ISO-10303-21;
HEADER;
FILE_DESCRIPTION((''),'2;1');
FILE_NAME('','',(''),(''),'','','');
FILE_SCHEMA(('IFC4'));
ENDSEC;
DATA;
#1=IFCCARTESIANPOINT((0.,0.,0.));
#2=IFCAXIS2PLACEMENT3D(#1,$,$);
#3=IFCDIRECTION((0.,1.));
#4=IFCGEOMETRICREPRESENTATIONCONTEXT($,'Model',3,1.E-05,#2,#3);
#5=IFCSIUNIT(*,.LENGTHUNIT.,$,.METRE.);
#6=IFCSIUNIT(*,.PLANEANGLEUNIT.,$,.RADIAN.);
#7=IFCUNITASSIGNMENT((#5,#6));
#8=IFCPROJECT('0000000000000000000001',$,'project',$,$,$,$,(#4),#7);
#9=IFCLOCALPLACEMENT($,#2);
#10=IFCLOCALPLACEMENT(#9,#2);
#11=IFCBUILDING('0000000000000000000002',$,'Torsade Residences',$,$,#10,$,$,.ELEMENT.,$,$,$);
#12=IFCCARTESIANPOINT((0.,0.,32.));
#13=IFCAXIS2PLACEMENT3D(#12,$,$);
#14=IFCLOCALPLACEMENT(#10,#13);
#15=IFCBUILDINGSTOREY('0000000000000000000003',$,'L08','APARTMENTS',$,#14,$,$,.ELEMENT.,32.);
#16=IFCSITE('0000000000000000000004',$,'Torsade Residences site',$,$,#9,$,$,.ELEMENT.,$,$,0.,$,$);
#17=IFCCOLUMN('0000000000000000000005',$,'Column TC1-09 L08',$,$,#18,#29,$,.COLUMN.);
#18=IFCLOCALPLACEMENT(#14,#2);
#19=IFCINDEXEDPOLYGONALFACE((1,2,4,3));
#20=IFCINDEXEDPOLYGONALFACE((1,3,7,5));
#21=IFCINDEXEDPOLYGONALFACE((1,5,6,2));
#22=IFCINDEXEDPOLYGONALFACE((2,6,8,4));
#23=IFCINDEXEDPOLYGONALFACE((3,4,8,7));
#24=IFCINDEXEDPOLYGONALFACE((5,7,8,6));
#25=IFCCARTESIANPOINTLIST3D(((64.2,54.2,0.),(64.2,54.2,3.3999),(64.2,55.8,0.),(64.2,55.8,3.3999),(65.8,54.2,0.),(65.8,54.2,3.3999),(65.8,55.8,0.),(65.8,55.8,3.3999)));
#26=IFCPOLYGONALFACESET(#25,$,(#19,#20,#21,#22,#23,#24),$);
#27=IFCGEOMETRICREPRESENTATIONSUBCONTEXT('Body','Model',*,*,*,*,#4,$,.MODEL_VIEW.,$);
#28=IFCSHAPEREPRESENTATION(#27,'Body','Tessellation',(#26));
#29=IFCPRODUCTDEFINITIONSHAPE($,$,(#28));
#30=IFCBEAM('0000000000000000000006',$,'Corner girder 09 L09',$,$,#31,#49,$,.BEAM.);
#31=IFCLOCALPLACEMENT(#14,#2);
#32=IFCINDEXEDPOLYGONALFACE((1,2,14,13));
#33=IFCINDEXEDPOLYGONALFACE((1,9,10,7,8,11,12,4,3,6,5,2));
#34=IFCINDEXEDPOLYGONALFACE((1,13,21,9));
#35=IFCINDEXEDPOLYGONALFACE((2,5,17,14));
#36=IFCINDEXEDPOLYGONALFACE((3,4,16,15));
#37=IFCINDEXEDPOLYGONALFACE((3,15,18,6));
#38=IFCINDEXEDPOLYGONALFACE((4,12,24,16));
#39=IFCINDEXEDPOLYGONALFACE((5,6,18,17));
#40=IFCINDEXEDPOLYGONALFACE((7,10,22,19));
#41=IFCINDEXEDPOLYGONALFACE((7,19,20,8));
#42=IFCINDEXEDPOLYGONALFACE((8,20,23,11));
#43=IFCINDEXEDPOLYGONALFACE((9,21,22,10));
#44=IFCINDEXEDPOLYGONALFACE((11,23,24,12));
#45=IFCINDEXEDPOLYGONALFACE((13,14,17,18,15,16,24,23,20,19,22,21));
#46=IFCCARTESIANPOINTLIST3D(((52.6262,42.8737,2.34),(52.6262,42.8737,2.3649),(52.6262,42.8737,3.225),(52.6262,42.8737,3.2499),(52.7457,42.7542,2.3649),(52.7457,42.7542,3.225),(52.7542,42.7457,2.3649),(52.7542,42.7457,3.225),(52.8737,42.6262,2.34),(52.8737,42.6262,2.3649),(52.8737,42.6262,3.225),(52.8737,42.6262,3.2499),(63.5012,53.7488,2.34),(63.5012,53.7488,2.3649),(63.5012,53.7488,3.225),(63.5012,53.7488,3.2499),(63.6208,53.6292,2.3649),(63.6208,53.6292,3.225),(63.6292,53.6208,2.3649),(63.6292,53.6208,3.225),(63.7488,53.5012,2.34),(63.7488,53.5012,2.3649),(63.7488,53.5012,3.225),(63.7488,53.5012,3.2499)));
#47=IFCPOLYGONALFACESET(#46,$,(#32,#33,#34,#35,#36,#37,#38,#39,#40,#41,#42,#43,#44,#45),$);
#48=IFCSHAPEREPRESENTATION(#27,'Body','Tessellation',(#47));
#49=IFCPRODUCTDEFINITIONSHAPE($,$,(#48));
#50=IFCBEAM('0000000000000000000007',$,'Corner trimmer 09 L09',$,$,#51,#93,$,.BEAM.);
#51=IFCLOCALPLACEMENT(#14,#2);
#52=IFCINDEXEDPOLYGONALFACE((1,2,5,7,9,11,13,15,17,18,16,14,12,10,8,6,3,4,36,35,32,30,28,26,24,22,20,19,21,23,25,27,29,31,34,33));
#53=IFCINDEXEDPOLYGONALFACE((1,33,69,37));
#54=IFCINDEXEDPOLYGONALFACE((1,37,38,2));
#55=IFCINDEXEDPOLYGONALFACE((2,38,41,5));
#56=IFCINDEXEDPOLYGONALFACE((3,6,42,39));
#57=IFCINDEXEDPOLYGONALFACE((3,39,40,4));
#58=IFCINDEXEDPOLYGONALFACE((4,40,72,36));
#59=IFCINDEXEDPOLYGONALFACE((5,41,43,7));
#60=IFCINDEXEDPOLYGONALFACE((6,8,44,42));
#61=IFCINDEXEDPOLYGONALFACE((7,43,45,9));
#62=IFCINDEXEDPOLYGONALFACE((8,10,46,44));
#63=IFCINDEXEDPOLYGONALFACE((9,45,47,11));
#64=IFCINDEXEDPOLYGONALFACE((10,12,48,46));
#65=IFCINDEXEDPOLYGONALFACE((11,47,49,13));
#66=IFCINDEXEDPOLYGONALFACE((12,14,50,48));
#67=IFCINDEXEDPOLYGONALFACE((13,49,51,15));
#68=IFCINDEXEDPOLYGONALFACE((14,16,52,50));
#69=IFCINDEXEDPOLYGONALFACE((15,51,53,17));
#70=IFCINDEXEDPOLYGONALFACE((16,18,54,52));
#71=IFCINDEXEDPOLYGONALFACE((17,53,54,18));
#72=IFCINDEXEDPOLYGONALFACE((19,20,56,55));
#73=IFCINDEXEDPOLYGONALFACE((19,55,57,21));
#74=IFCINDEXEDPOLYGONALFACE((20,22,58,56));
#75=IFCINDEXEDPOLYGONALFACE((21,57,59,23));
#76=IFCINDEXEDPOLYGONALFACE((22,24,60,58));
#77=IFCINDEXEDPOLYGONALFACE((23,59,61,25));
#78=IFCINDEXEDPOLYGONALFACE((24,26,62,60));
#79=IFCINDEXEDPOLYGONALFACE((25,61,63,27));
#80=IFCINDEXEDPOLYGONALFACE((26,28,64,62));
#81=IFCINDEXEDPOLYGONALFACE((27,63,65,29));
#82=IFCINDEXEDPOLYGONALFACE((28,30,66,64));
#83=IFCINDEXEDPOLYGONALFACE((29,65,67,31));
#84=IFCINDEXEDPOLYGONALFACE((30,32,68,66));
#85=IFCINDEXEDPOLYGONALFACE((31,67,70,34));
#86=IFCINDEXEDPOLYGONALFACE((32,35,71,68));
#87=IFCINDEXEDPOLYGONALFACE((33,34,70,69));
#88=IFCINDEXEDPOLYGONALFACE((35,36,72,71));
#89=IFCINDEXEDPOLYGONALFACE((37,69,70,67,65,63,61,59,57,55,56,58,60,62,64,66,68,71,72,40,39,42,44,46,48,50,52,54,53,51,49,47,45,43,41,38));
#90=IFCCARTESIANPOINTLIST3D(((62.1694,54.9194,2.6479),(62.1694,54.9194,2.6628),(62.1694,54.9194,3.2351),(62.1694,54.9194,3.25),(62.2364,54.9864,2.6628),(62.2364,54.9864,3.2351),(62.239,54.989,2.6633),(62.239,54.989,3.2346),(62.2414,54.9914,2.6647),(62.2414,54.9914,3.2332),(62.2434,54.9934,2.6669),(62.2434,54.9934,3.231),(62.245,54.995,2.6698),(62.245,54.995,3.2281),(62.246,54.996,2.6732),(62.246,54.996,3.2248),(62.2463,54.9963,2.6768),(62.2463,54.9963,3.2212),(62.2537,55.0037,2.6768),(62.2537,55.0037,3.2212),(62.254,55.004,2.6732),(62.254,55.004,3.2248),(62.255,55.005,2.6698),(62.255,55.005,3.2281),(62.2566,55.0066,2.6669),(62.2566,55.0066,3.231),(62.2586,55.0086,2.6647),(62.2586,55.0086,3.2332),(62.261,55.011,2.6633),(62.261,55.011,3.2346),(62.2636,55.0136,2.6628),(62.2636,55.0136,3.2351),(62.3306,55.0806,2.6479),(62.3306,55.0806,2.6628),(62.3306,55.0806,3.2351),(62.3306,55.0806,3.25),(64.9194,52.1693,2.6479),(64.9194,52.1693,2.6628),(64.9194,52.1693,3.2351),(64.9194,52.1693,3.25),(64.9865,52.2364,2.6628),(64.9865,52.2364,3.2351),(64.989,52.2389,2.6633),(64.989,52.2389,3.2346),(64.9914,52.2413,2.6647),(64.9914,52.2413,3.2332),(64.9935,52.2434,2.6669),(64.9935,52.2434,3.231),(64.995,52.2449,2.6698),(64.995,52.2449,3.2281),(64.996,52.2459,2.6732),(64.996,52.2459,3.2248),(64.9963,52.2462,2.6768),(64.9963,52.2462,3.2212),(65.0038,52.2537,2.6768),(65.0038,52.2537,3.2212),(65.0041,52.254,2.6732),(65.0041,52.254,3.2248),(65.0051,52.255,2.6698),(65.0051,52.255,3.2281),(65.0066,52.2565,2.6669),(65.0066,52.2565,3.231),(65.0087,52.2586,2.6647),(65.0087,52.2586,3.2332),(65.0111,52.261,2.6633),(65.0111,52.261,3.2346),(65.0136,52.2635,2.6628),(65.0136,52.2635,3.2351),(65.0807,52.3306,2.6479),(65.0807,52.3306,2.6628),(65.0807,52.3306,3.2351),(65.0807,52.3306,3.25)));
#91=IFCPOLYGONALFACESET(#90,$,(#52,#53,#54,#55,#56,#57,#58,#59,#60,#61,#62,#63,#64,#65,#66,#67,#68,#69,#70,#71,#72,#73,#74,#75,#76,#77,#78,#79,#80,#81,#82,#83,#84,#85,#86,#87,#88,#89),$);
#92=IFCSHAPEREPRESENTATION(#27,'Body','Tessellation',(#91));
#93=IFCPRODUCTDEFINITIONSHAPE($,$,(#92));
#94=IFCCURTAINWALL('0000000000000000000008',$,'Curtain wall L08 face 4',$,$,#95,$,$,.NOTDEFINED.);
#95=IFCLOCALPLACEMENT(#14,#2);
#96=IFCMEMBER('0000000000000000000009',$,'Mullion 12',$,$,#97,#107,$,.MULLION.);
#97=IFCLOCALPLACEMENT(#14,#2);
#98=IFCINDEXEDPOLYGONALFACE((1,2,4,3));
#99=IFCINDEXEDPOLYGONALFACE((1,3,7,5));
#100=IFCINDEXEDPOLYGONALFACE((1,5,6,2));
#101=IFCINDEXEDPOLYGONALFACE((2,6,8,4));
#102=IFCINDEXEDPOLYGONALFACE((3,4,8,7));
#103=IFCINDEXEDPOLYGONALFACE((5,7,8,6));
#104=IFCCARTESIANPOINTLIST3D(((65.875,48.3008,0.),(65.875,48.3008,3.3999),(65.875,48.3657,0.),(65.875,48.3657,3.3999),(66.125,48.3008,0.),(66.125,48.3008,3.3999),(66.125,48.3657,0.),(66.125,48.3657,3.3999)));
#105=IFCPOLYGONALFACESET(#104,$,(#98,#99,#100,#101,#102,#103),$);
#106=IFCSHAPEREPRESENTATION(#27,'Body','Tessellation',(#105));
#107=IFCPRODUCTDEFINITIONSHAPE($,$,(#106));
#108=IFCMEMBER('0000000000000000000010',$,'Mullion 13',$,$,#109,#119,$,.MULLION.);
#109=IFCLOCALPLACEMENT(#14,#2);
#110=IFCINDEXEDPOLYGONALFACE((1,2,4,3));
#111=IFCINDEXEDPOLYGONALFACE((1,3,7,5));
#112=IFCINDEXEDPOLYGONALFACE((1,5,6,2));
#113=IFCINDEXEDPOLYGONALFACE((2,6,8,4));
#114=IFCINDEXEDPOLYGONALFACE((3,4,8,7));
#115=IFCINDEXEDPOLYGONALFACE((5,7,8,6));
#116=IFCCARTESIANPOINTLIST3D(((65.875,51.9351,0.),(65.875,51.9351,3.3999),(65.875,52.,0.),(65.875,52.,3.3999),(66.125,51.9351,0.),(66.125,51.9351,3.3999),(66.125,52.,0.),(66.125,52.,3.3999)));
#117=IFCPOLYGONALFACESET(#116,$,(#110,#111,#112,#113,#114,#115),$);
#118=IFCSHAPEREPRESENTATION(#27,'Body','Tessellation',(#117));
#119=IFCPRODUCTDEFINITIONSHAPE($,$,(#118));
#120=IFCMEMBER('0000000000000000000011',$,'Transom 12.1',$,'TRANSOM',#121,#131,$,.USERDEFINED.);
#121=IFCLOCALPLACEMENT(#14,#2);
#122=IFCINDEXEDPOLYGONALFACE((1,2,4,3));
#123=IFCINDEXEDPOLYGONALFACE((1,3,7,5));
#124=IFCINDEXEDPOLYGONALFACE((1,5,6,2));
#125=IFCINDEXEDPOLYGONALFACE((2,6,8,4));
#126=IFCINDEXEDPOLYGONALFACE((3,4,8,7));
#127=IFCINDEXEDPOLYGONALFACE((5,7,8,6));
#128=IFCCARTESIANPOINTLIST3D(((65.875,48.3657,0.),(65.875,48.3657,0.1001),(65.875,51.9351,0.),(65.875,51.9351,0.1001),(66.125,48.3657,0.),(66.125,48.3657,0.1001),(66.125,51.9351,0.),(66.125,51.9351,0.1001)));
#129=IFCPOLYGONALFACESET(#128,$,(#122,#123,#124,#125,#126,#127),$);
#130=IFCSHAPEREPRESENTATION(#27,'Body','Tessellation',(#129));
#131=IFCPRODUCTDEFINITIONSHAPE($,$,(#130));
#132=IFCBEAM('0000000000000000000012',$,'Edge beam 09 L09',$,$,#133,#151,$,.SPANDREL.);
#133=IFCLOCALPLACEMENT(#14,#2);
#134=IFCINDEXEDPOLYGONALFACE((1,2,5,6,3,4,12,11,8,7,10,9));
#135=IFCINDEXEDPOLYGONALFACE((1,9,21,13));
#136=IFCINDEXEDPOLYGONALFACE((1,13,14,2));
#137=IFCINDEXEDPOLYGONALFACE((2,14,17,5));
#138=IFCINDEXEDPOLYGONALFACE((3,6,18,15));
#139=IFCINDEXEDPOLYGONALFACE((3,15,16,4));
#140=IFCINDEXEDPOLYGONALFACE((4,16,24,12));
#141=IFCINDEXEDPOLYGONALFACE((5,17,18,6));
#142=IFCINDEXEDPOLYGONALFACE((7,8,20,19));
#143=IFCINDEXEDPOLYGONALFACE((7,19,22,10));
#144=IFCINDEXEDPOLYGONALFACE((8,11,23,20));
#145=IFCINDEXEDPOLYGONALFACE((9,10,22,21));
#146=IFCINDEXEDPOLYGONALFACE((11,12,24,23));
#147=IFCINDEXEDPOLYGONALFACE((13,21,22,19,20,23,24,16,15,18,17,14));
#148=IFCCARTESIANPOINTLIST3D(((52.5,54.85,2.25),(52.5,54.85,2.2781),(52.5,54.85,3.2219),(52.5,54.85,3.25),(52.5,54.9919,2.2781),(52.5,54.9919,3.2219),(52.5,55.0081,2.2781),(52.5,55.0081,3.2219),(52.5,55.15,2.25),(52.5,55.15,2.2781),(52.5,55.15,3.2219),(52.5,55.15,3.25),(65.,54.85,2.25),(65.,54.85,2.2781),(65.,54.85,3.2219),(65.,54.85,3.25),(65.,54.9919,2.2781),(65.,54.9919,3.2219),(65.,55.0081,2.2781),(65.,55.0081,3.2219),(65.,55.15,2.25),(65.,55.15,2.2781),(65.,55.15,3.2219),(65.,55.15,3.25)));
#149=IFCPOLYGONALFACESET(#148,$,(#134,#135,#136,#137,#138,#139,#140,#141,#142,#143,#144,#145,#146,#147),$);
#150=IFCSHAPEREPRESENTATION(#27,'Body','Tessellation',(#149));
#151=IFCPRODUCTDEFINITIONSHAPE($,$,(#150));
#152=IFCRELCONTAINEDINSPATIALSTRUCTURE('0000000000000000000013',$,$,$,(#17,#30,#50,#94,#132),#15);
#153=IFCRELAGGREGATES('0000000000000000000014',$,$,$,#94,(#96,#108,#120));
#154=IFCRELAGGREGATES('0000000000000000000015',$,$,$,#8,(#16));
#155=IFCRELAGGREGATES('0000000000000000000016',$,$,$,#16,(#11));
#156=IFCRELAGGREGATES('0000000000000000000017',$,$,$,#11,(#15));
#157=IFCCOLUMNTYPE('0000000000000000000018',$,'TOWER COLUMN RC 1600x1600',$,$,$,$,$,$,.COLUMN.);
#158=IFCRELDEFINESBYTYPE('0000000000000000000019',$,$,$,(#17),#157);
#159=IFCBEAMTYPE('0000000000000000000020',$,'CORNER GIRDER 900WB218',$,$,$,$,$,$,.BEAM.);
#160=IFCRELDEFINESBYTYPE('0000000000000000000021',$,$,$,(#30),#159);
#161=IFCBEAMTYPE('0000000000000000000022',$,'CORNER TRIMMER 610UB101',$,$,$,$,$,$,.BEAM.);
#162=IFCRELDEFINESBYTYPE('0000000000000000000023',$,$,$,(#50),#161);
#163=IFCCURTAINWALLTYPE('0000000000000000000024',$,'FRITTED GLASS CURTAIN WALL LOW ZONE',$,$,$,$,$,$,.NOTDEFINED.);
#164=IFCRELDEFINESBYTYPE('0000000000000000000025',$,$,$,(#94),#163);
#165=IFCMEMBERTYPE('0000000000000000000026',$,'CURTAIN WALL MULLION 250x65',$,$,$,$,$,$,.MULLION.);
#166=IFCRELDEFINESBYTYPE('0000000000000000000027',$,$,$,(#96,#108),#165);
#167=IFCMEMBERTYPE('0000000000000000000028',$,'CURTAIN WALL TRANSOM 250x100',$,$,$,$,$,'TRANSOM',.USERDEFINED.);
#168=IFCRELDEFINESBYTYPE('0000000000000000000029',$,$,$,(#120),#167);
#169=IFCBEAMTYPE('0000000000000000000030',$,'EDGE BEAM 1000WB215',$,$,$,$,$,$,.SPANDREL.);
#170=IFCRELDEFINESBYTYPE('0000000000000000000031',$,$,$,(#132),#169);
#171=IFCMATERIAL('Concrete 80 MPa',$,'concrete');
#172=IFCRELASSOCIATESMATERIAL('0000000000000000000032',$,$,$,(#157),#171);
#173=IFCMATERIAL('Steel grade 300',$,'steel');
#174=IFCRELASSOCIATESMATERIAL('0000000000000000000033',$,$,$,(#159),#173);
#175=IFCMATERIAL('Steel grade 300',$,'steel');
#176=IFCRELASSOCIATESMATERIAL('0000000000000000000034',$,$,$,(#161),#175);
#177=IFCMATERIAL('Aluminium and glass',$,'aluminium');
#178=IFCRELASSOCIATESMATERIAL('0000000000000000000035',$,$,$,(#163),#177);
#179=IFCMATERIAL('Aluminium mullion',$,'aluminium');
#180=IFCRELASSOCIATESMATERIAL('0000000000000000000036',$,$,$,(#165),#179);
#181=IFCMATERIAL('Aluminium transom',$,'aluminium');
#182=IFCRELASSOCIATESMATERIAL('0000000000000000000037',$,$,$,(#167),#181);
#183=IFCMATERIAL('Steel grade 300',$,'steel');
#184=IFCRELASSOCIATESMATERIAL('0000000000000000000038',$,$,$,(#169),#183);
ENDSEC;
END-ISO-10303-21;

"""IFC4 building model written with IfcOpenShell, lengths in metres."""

from ifc_helpers import new_model, si_unit, direction, frame, origin, origin_2d, place, context, subcontext, project, spatial, rectangle, i_section, extrude, material, material_profile, profile_set, type_object, element, aggregate, save


model = new_model("IFC4")

# Units and contexts
model_context = context("Model", 3, precision=1e-05, world=origin(), true_north=direction((0.0, 1.0)))
body_context = subcontext(model_context, "Body", "Model", "MODEL_VIEW")
ifc_project = project(units=[si_unit("LENGTHUNIT", "METRE"), si_unit("PLANEANGLEUNIT", "RADIAN")], contexts=[model_context])

# Site, building, storey
site_placement = place(None, origin())
site = spatial("IfcSite", under=ifc_project, at=site_placement, Name="Torsade Residences site", CompositionType="ELEMENT", RefElevation=0.0)
building_placement = place(site_placement, origin())
building = spatial("IfcBuilding", under=site, at=building_placement, Name="Torsade Residences", CompositionType="ELEMENT")
storey_placement = place(building_placement, frame((0.0, 0.0, 32.0)))
storey = spatial("IfcBuildingStorey", under=building, at=storey_placement, Name="L08", Description="APARTMENTS", CompositionType="ELEMENT", Elevation=32.0)

# Column
ifc_material_1 = material(Name="Concrete 80 MPa", Category="concrete")
ifc_material_profile_1 = material_profile(ifc_material_1, rectangle(XDim=1.6001, YDim=1.6001, at=origin_2d()), Name="RC 1600x1600")
ifc_profile_set_1 = profile_set([ifc_material_profile_1], Name="Concrete 80 MPa")
column_type = type_object("IfcColumnType", Name="TOWER COLUMN RC 1600x1600", PredefinedType="COLUMN", material=ifc_profile_set_1)
column_placement = place(storey_placement, frame((65.0, 55.0, 0.0), z_axis=(0.0, 0.0, 1.0), x_axis=(1.0, 0.0, 0.0)))
element("IfcColumn", 1, at=column_placement, inside=storey, type_object=column_type, Name="Column TC1-09 L08", PredefinedType="COLUMN", context=body_context, shape_type="SweptSolid", body=[
    extrude(rectangle(XDim=1.6001, YDim=1.6001, at=origin_2d()), origin(), (0.0, 0.0, 1.0), 3.3999),
])

# Beams
ifc_material_2 = material(Name="Steel grade 300", Category="steel")
ifc_material_profile_2 = material_profile(ifc_material_2, i_section(OverallWidth=0.3501, OverallDepth=0.9099, WebThickness=0.012, FlangeThickness=0.0249, at=origin_2d()), Name="900WB218")
ifc_profile_set_2 = profile_set([ifc_material_profile_2], Name="Steel grade 300")
beam_type_1 = type_object("IfcBeamType", Name="CORNER GIRDER 900WB218", PredefinedType="BEAM", material=ifc_profile_set_2)
beam_1_placement = place(storey_placement, frame((63.625, 53.625, 2.7949), z_axis=(-0.707107, -0.707107, 0.0), x_axis=(0.707107, -0.707107, 0.0)))
element("IfcBeam", 2, at=beam_1_placement, inside=storey, type_object=beam_type_1, Name="Corner girder 09 L09", PredefinedType="BEAM", context=body_context, shape_type="SweptSolid", body=[
    extrude(i_section(OverallWidth=0.3501, OverallDepth=0.9099, WebThickness=0.012, FlangeThickness=0.0249, at=origin_2d()), origin(), (0.0, 0.0, 1.0), 15.3796),
])
ifc_material_3 = material(Name="Steel grade 300", Category="steel")
ifc_material_profile_3 = material_profile(ifc_material_3, i_section(OverallWidth=0.228, OverallDepth=0.6021, WebThickness=0.0105, FlangeThickness=0.0149, FilletRadius=0.0139, at=origin_2d()), Name="610UB101")
ifc_profile_set_3 = profile_set([ifc_material_profile_3], Name="Steel grade 300")
beam_type_2 = type_object("IfcBeamType", Name="CORNER TRIMMER 610UB101", PredefinedType="BEAM", material=ifc_profile_set_3)
beam_2_placement = place(storey_placement, frame((62.25, 55.0, 2.949), z_axis=(0.707107, -0.707107, 0.0), x_axis=(0.707107, 0.707107, 0.0)))
element("IfcBeam", 3, at=beam_2_placement, inside=storey, type_object=beam_type_2, Name="Corner trimmer 09 L09", PredefinedType="BEAM", context=body_context, shape_type="SweptSolid", body=[
    extrude(i_section(OverallWidth=0.228, OverallDepth=0.6021, WebThickness=0.0105, FlangeThickness=0.0149, FilletRadius=0.0139, at=origin_2d()), origin(), (0.0, 0.0, 1.0), 3.8892),
])

# Curtain wall, members
ifc_material_4 = material(Name="Aluminium and glass", Category="aluminium")
curtain_wall_type = type_object("IfcCurtainWallType", Name="FRITTED GLASS CURTAIN WALL LOW ZONE", PredefinedType="NOTDEFINED", material=ifc_material_4)
curtain_wall_placement = place(storey_placement, origin())
curtain_wall = element("IfcCurtainWall", 4, at=curtain_wall_placement, inside=storey, type_object=curtain_wall_type, Name="Curtain wall L08 face 4", PredefinedType="NOTDEFINED")
ifc_material_5 = material(Name="Aluminium mullion", Category="aluminium")
ifc_material_profile_4 = material_profile(ifc_material_5, rectangle(XDim=0.25, YDim=0.0649, at=origin_2d()), Name="CURTAIN WALL MULLION 250x65")
ifc_profile_set_4 = profile_set([ifc_material_profile_4], Name="Aluminium mullion")
member_type_1 = type_object("IfcMemberType", Name="CURTAIN WALL MULLION 250x65", PredefinedType="MULLION", material=ifc_profile_set_4)
member_1_placement = place(storey_placement, frame((66.0, 48.3333, 0.0), z_axis=(0.0, 0.0, 1.0), x_axis=(-1.0, 0.0, 0.0)))
member_1 = element("IfcMember", 5, at=member_1_placement, type_object=member_type_1, Name="Mullion 12", PredefinedType="MULLION", context=body_context, shape_type="SweptSolid", body=[
    extrude(rectangle(XDim=0.25, YDim=0.0649, at=origin_2d()), origin(), (0.0, 0.0, 1.0), 3.3999),
])
member_2_placement = place(storey_placement, frame((66.0, 51.9675, 0.0), z_axis=(0.0, 0.0, 1.0), x_axis=(-1.0, 0.0, 0.0)))
member_2 = element("IfcMember", 6, at=member_2_placement, type_object=member_type_1, Name="Mullion 13", PredefinedType="MULLION", context=body_context, shape_type="SweptSolid", body=[
    extrude(rectangle(XDim=0.25, YDim=0.0649, at=origin_2d()), origin(), (0.0, 0.0, 1.0), 3.3999),
])
ifc_material_6 = material(Name="Aluminium transom", Category="aluminium")
ifc_material_profile_5 = material_profile(ifc_material_6, rectangle(XDim=0.25, YDim=0.1001, at=origin_2d()), Name="CURTAIN WALL TRANSOM 250x100")
ifc_profile_set_5 = profile_set([ifc_material_profile_5], Name="Aluminium transom")
member_type_2 = type_object("IfcMemberType", Name="CURTAIN WALL TRANSOM 250x100", ElementType="TRANSOM", PredefinedType="USERDEFINED", material=ifc_profile_set_5)
member_3_placement = place(storey_placement, frame((66.0, 48.3657, 0.05), z_axis=(0.0, 1.0, 0.0), x_axis=(-1.0, 0.0, 0.0)))
member_3 = element("IfcMember", 7, at=member_3_placement, type_object=member_type_2, Name="Transom 12.1", ObjectType="TRANSOM", PredefinedType="USERDEFINED", context=body_context, shape_type="SweptSolid", body=[
    extrude(rectangle(XDim=0.25, YDim=0.1001, at=origin_2d()), origin(), (0.0, 0.0, 1.0), 3.5693),
])

# Beam
ifc_material_7 = material(Name="Steel grade 300", Category="steel")
ifc_material_profile_6 = material_profile(ifc_material_7, i_section(OverallWidth=0.3, OverallDepth=1.0, WebThickness=0.0161, FlangeThickness=0.0281, at=origin_2d()), Name="1000WB215")
ifc_profile_set_6 = profile_set([ifc_material_profile_6], Name="Steel grade 300")
beam_type_3 = type_object("IfcBeamType", Name="EDGE BEAM 1000WB215", PredefinedType="SPANDREL", material=ifc_profile_set_6)
beam_3_placement = place(storey_placement, frame((65.0, 55.0, 2.75), z_axis=(-1.0, 0.0, 0.0), x_axis=(0.0, -1.0, 0.0)))
element("IfcBeam", 8, at=beam_3_placement, inside=storey, type_object=beam_type_3, Name="Edge beam 09 L09", PredefinedType="SPANDREL", context=body_context, shape_type="SweptSolid", body=[
    extrude(i_section(OverallWidth=0.3, OverallDepth=1.0, WebThickness=0.0161, FlangeThickness=0.0281, at=origin_2d()), origin(), (0.0, 0.0, 1.0), 12.5),
])

aggregate(curtain_wall, [member_1, member_2, member_3])

save(model, "model.ifc")
